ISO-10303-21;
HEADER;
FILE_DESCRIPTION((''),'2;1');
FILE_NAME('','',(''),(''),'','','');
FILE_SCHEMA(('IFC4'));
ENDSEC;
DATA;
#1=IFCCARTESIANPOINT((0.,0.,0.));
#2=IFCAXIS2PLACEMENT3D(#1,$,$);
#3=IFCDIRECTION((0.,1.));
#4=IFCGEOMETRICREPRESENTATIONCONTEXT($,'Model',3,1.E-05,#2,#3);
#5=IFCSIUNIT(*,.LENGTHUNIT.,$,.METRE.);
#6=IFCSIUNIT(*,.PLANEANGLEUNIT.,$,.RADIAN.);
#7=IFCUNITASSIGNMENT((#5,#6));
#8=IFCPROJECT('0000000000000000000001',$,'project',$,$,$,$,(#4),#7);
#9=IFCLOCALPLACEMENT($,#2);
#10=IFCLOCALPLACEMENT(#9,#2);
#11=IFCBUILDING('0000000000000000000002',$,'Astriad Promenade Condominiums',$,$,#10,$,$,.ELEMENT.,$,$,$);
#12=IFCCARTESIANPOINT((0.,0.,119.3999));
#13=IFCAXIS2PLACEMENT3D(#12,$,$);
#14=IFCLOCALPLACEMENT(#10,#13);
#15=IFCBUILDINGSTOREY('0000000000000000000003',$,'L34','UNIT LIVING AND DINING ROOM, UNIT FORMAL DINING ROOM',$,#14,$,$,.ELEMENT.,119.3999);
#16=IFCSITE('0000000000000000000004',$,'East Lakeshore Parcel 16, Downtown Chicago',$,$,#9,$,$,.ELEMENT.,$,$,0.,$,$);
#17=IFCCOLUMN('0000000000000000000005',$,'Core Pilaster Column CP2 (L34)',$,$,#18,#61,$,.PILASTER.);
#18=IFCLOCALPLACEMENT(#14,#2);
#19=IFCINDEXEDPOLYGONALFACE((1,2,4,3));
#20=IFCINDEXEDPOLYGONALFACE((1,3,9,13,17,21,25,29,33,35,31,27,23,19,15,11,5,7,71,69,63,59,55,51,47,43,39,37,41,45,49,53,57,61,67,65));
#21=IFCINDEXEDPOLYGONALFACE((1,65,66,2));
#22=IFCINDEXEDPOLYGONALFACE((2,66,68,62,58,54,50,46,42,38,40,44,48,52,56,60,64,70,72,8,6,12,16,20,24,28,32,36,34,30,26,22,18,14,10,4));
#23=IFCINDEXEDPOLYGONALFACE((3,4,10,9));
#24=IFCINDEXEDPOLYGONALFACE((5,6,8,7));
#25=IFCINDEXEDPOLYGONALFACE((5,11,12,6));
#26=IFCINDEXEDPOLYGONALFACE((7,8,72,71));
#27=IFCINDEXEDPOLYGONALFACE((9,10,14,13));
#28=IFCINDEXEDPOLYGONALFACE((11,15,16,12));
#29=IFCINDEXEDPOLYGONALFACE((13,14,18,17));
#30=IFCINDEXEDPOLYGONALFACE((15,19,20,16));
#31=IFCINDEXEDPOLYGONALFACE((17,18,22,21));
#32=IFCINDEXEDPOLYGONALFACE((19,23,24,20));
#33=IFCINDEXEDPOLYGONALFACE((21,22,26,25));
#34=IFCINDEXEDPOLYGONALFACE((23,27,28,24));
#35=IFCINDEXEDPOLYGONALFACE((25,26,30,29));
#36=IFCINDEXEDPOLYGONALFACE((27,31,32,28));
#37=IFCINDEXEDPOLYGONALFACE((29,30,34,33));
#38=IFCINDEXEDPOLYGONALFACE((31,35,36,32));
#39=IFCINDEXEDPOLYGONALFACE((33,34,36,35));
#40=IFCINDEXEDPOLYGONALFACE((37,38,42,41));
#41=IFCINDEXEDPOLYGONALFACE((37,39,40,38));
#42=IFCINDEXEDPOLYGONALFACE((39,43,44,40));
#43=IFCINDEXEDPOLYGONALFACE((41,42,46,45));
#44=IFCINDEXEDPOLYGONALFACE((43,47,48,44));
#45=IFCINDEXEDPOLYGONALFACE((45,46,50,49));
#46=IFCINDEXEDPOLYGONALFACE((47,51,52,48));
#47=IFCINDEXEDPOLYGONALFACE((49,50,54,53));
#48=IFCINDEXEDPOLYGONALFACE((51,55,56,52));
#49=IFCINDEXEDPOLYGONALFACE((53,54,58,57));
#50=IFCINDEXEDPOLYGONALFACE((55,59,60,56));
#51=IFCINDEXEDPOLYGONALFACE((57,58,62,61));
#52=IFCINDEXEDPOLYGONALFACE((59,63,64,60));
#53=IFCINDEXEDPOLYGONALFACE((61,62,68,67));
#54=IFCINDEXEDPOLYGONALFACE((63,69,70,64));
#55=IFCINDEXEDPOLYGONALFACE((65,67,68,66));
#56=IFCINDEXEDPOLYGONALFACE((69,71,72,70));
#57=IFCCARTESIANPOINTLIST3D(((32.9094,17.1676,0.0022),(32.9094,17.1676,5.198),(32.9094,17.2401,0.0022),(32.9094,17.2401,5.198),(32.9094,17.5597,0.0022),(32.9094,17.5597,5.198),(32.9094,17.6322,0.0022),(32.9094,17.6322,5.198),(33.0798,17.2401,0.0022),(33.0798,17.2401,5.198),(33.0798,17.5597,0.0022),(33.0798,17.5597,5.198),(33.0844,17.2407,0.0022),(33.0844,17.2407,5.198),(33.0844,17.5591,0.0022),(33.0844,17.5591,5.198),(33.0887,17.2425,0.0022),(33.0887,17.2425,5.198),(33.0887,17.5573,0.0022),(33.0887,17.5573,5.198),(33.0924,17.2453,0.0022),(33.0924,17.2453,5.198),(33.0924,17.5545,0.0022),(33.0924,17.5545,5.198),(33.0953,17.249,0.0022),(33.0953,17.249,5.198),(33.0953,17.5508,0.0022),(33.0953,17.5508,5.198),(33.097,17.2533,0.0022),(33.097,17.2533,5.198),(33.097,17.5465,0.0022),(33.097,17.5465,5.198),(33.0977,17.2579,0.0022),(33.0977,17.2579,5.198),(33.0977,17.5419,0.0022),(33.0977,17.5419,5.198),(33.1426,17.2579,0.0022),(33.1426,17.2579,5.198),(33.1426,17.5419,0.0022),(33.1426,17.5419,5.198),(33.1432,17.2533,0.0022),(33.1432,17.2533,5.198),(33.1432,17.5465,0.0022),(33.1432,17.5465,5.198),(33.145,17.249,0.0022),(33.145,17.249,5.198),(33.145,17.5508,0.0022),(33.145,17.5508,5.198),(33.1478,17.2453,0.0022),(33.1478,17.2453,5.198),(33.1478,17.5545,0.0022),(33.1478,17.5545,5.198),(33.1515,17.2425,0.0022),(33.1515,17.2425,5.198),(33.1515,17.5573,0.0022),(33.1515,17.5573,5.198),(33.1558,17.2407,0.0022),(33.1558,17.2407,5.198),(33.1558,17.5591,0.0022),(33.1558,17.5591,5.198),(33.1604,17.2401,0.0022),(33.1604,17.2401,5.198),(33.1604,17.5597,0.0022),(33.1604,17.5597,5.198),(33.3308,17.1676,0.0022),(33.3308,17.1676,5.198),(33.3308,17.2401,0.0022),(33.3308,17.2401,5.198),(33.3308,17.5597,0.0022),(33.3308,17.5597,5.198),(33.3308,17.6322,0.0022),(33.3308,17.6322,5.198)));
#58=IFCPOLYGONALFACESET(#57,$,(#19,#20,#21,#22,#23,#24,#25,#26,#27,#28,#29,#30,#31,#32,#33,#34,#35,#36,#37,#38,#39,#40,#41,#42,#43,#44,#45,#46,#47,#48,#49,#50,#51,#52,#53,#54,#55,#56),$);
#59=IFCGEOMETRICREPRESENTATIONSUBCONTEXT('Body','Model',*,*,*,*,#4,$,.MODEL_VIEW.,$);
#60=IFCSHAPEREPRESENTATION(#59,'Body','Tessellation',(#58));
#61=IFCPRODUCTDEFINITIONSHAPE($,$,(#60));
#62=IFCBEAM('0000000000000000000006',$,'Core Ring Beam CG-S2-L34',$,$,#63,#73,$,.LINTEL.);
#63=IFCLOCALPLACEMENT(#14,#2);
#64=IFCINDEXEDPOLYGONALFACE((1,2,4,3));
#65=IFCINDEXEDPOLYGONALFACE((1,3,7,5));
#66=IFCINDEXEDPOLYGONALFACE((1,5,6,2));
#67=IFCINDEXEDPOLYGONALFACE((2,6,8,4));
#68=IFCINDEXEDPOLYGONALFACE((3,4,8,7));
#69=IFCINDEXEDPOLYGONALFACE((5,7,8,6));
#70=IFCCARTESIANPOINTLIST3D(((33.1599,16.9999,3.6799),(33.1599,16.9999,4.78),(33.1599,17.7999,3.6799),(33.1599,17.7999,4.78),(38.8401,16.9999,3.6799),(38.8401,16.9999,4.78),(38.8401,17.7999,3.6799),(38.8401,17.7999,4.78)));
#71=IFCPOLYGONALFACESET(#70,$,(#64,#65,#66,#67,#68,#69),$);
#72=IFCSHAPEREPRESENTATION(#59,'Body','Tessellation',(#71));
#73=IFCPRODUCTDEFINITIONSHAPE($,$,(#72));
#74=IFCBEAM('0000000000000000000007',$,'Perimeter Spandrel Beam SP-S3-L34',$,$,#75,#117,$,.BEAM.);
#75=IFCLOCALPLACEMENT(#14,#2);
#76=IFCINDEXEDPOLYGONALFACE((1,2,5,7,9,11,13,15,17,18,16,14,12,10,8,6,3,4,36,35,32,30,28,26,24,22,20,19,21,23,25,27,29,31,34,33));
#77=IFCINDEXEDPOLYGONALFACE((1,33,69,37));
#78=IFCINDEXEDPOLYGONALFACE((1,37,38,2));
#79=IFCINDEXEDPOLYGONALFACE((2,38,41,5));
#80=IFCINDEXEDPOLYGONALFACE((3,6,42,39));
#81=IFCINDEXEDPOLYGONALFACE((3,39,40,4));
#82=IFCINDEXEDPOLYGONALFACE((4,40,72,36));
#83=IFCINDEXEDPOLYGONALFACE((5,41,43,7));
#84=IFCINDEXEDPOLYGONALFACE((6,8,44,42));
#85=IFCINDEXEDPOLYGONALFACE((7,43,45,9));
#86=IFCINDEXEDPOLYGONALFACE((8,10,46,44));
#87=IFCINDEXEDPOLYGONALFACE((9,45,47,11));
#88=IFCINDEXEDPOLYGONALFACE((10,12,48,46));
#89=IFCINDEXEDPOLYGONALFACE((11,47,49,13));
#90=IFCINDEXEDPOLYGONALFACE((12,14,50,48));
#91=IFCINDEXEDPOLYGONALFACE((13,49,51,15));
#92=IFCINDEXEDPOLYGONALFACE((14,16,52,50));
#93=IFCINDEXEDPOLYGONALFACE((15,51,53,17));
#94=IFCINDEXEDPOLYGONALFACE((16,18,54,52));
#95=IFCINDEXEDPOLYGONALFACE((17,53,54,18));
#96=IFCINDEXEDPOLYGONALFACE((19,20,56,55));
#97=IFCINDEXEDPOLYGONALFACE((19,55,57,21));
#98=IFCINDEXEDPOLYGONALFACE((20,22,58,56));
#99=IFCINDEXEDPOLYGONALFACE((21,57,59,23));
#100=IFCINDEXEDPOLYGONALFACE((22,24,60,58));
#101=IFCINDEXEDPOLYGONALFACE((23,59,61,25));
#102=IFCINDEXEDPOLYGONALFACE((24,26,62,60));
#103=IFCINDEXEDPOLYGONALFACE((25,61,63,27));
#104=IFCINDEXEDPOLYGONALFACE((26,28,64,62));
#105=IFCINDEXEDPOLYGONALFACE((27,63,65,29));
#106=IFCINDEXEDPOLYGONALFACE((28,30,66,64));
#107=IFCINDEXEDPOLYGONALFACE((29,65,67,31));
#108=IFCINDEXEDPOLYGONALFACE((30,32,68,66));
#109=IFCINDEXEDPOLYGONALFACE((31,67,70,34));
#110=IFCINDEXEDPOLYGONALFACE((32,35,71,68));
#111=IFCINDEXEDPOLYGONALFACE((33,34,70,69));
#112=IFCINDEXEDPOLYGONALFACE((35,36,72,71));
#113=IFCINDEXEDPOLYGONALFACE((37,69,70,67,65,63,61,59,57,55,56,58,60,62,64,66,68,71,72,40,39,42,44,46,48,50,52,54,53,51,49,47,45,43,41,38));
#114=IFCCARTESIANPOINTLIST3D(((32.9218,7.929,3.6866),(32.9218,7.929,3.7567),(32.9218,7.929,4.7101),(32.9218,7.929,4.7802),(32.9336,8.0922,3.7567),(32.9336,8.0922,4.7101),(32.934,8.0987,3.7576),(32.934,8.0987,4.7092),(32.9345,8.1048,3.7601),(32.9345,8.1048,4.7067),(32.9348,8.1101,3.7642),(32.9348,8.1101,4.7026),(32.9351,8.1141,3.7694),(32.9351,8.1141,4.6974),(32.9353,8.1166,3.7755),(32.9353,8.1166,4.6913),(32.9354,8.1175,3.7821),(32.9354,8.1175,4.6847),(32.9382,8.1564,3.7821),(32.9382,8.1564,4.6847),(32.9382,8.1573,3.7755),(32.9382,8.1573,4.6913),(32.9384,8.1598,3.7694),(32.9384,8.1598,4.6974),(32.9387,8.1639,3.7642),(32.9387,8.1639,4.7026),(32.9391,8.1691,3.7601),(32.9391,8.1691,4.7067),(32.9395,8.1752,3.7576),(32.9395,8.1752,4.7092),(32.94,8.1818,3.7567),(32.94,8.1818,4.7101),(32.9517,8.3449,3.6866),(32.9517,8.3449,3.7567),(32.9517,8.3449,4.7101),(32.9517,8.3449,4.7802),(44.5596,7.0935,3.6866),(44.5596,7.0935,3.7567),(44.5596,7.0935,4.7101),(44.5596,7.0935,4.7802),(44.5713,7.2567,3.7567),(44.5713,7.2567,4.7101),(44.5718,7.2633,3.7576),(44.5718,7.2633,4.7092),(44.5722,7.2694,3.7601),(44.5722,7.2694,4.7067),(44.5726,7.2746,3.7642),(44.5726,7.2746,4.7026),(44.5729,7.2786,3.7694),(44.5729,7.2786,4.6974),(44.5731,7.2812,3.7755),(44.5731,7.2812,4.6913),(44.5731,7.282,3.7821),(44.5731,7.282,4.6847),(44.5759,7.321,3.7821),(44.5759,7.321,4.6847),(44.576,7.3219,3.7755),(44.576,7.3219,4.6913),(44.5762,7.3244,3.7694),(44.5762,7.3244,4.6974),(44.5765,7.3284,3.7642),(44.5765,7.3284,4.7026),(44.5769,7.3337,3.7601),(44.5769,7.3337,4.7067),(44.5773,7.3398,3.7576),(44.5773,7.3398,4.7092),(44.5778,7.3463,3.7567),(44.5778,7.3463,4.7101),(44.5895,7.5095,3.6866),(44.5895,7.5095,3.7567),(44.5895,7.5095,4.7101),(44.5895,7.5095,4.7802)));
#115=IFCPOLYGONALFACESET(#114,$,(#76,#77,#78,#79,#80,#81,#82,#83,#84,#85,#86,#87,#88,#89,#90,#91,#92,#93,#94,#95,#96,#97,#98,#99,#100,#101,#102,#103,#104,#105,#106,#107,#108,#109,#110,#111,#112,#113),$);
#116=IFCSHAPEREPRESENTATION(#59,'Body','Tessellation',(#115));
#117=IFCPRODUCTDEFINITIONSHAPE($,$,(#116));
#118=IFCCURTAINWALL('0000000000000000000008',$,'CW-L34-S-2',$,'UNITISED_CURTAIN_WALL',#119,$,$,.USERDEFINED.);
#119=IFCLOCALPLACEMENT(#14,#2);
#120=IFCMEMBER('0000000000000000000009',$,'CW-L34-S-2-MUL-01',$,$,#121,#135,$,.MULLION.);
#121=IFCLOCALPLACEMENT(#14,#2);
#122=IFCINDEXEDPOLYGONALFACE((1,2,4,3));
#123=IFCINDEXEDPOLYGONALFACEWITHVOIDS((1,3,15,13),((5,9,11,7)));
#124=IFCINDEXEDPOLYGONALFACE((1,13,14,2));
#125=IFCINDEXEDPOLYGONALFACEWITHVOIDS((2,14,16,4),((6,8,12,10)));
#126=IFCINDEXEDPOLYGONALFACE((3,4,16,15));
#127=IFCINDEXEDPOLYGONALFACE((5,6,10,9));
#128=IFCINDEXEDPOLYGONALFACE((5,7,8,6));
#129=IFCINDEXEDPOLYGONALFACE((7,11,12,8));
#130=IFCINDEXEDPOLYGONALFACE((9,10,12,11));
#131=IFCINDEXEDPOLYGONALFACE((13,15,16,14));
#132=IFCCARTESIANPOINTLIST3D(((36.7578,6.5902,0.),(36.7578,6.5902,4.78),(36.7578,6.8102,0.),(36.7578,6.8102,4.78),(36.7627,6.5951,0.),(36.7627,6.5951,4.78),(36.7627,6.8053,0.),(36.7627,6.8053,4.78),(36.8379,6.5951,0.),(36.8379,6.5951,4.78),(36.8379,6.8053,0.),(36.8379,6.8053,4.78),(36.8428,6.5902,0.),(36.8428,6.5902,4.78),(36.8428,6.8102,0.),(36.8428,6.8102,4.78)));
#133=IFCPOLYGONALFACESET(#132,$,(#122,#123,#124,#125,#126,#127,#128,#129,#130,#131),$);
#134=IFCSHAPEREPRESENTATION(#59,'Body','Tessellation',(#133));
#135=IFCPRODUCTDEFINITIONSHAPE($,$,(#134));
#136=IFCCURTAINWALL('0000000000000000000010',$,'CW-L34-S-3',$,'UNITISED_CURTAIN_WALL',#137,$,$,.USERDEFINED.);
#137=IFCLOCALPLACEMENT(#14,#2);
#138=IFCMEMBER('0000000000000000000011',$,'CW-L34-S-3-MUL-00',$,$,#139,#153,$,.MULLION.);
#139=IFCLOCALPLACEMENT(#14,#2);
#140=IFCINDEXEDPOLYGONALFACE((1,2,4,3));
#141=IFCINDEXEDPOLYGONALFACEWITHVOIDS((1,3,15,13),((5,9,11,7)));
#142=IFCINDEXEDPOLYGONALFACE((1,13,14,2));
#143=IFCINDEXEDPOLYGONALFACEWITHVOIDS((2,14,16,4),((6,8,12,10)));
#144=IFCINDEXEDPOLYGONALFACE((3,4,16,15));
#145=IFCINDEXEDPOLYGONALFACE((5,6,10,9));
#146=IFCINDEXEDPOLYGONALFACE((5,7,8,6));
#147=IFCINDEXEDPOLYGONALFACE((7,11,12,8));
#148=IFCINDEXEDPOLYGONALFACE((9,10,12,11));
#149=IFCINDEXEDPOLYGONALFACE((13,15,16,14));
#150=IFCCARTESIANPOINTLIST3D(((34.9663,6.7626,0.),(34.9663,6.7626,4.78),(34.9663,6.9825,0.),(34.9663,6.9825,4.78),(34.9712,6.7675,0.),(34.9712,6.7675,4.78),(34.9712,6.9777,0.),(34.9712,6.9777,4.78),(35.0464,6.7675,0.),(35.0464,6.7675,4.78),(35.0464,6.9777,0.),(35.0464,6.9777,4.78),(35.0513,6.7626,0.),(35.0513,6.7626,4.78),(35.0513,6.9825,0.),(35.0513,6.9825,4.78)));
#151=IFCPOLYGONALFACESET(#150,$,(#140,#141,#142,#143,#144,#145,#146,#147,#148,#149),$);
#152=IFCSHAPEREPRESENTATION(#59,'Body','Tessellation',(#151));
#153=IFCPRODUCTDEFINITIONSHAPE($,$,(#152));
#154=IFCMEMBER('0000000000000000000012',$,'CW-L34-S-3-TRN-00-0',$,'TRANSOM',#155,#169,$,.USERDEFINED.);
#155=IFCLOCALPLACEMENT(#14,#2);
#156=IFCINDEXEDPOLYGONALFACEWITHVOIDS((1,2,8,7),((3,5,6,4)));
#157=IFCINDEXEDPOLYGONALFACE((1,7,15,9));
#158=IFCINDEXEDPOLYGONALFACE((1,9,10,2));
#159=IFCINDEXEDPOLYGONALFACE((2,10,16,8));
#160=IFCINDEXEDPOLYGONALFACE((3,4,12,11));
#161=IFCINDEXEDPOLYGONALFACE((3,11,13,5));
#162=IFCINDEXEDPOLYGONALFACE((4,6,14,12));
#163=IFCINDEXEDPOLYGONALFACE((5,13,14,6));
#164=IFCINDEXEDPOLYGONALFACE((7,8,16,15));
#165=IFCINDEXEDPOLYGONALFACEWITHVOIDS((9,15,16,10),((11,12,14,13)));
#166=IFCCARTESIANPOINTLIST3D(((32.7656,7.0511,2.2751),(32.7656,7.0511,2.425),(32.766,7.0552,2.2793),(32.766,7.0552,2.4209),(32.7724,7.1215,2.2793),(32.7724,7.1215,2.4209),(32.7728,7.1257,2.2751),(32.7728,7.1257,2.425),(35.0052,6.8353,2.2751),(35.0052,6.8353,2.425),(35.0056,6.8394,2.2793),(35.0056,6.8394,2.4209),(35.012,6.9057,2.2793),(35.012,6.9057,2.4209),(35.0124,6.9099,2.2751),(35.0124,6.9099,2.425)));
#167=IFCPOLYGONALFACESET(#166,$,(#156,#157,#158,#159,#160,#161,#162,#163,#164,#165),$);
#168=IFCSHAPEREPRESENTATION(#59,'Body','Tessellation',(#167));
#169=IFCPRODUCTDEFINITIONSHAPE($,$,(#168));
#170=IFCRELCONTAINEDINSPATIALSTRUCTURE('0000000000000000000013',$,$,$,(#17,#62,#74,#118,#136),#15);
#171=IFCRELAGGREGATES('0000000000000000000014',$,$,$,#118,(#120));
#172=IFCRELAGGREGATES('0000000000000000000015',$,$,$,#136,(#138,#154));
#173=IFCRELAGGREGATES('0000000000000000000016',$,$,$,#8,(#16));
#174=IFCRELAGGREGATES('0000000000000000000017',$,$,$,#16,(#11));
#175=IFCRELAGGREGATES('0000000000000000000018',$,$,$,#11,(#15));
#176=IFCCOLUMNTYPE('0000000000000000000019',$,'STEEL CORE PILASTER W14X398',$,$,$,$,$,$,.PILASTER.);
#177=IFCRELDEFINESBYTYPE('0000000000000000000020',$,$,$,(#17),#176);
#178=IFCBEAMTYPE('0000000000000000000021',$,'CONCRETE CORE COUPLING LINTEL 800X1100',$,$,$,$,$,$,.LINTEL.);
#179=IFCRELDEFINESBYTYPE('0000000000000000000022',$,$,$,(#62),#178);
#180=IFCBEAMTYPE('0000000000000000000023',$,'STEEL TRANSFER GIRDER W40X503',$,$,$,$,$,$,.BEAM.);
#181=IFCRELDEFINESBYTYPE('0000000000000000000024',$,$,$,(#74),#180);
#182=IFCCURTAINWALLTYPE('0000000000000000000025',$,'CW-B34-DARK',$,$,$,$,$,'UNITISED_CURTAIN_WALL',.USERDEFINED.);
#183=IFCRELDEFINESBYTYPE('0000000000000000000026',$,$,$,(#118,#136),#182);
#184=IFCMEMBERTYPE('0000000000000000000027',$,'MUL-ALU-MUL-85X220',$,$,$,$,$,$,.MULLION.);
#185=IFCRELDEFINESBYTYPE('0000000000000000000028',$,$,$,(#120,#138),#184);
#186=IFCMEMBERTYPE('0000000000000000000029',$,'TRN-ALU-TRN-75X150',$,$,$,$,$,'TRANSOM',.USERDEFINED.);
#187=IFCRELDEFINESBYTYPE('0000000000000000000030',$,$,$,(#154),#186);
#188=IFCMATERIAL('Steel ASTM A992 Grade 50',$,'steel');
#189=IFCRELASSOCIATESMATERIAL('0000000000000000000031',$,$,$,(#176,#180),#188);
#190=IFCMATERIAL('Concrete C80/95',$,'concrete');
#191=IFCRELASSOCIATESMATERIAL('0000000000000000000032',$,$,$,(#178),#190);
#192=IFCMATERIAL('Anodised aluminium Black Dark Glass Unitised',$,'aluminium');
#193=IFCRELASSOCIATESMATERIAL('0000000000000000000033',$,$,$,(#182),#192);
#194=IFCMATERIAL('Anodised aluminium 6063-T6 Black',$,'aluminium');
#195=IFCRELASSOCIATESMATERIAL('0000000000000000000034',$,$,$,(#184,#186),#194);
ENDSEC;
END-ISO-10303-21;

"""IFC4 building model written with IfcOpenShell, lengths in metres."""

from ifc_helpers import new_model, si_unit, direction, frame, origin, origin_2d, place, context, subcontext, project, spatial, rectangle, hollow_rectangle, i_section, extrude, source, transform, mapped, material, material_profile, profile_set, type_object, type_shapes, element, aggregate, save


model = new_model("IFC4")

# Units and contexts
model_context = context("Model", 3, precision=1e-05, world=origin(), true_north=direction((0.0, 1.0)))
body_context = subcontext(model_context, "Body", "Model", "MODEL_VIEW")
ifc_project = project(units=[si_unit("LENGTHUNIT", "METRE"), si_unit("PLANEANGLEUNIT", "RADIAN")], contexts=[model_context])

# Site, building, storey
site_placement = place(None, origin())
site = spatial("IfcSite", under=ifc_project, at=site_placement, Name="East Lakeshore Parcel 16, Downtown Chicago", CompositionType="ELEMENT", RefElevation=0.0)
building_placement = place(site_placement, origin())
building = spatial("IfcBuilding", under=site, at=building_placement, Name="Astriad Promenade Condominiums", CompositionType="ELEMENT")
storey_placement = place(building_placement, frame((0.0, 0.0, 119.3999)))
storey = spatial("IfcBuildingStorey", under=building, at=storey_placement, Name="L34", Description="UNIT LIVING AND DINING ROOM, UNIT FORMAL DINING ROOM", CompositionType="ELEMENT", Elevation=119.3999)

# Column
ifc_material_1 = material(Name="Steel ASTM A992 Grade 50", Category="steel")
ifc_material_profile_1 = material_profile(ifc_material_1, i_section(OverallWidth=0.4214, OverallDepth=0.4646, WebThickness=0.0449, FlangeThickness=0.0725, FilletRadius=0.0178, at=origin_2d()), Name="W14X398")
ifc_profile_set_1 = profile_set([ifc_material_profile_1], Name="Steel ASTM A992 Grade 50")
column_type = type_object("IfcColumnType", Name="STEEL CORE PILASTER W14X398", PredefinedType="PILASTER", material=ifc_profile_set_1)
shared_shape_1 = source(origin(), body_context, "Body", "SweptSolid", [
    extrude(i_section(OverallWidth=0.4214, OverallDepth=0.4646, WebThickness=0.0449, FlangeThickness=0.0725, FilletRadius=0.0178, at=origin_2d()), origin(), (0.0, 0.0, 1.0), 5.1958),
])
type_shapes(column_type, [shared_shape_1])
column_placement = place(storey_placement, frame((33.1201, 17.3999, 0.0022), z_axis=(0.0, 0.0, 1.0), x_axis=(1.0, 0.0, 0.0)))
element("IfcColumn", 1, at=column_placement, inside=storey, type_object=column_type, Name="Core Pilaster Column CP2 (L34)", PredefinedType="PILASTER", context=body_context, shape_type="MappedRepresentation", body=[
    mapped(shared_shape_1, transform((0.0, 0.0, 0.0), scale=1.0)),
])

# Beams
ifc_material_2 = material(Name="Concrete C80/95", Category="concrete")
ifc_material_profile_2 = material_profile(ifc_material_2, rectangle(XDim=0.8, YDim=1.1001, at=origin_2d()), Name="RC-BM-800X1100")
ifc_profile_set_2 = profile_set([ifc_material_profile_2], Name="Concrete C80/95")
beam_type_1 = type_object("IfcBeamType", Name="CONCRETE CORE COUPLING LINTEL 800X1100", PredefinedType="LINTEL", material=ifc_profile_set_2)
shared_shape_2 = source(origin(), body_context, "Body", "SweptSolid", [
    extrude(rectangle(XDim=0.8, YDim=1.1001, at=origin_2d()), origin(), (0.0, 0.0, 1.0), 5.6802),
])
type_shapes(beam_type_1, [shared_shape_2])
beam_1_placement = place(storey_placement, frame((33.1599, 17.3999, 4.23), z_axis=(1.0, 0.0, 0.0), x_axis=(0.0, 1.0, 0.0)))
element("IfcBeam", 2, at=beam_1_placement, inside=storey, type_object=beam_type_1, Name="Core Ring Beam CG-S2-L34", PredefinedType="LINTEL", context=body_context, shape_type="MappedRepresentation", body=[
    mapped(shared_shape_2, transform((0.0, 0.0, 0.0), scale=1.0)),
])
ifc_material_profile_3 = material_profile(ifc_material_1, i_section(OverallWidth=0.417, OverallDepth=1.0935, WebThickness=0.0391, FlangeThickness=0.0701, FilletRadius=0.0254, at=origin_2d()), Name="W40X503")
ifc_profile_set_3 = profile_set([ifc_material_profile_3], Name="Steel ASTM A992 Grade 50")
beam_type_2 = type_object("IfcBeamType", Name="STEEL TRANSFER GIRDER W40X503", PredefinedType="BEAM", material=ifc_profile_set_3)
shared_shape_3 = source(origin(), body_context, "Body", "SweptSolid", [
    extrude(i_section(OverallWidth=0.417, OverallDepth=1.0935, WebThickness=0.0391, FlangeThickness=0.0701, FilletRadius=0.0254, at=origin_2d()), origin(), (0.0, 0.0, 1.0), 11.6677),
])
type_shapes(beam_type_2, [shared_shape_3])
beam_2_placement = place(storey_placement, frame((32.9368, 8.137, 4.2334), z_axis=(0.997433, -0.071604, 0.0), x_axis=(0.071604, 0.997433, 0.0)))
element("IfcBeam", 3, at=beam_2_placement, inside=storey, type_object=beam_type_2, Name="Perimeter Spandrel Beam SP-S3-L34", PredefinedType="BEAM", context=body_context, shape_type="MappedRepresentation", body=[
    mapped(shared_shape_3, transform((0.0, 0.0, 0.0), scale=1.0)),
])

# Curtain wall, member
ifc_material_3 = material(Name="Anodised aluminium Black Dark Glass Unitised", Category="aluminium")
curtain_wall_type = type_object("IfcCurtainWallType", Name="CW-B34-DARK", ElementType="UNITISED_CURTAIN_WALL", PredefinedType="USERDEFINED", material=ifc_material_3)
curtain_wall_1_placement = place(storey_placement, origin())
curtain_wall_1 = element("IfcCurtainWall", 4, at=curtain_wall_1_placement, inside=storey, type_object=curtain_wall_type, Name="CW-L34-S-2", ObjectType="UNITISED_CURTAIN_WALL", PredefinedType="USERDEFINED")
ifc_material_4 = material(Name="Anodised aluminium 6063-T6 Black", Category="aluminium")
ifc_material_profile_4 = material_profile(ifc_material_4, hollow_rectangle(XDim=0.085, YDim=0.22, WallThickness=0.0049, at=origin_2d()), Name="ALU-MUL-85X220")
ifc_profile_set_4 = profile_set([ifc_material_profile_4], Name="Anodised aluminium 6063-T6 Black")
member_type_1 = type_object("IfcMemberType", Name="MUL-ALU-MUL-85X220", PredefinedType="MULLION", material=ifc_profile_set_4)
shared_shape_4 = source(origin(), body_context, "Body", "SweptSolid", [
    extrude(hollow_rectangle(XDim=0.085, YDim=0.22, WallThickness=0.0049, at=origin_2d()), origin(), (0.0, 0.0, 1.0), 4.78),
])
type_shapes(member_type_1, [shared_shape_4])
member_1_placement = place(storey_placement, frame((36.8003, 6.7002, 0.0), z_axis=(0.0, 0.0, 1.0), x_axis=(1.0, 0.0, 0.0)))
member_1 = element("IfcMember", 5, at=member_1_placement, type_object=member_type_1, Name="CW-L34-S-2-MUL-01", PredefinedType="MULLION", context=body_context, shape_type="MappedRepresentation", body=[
    mapped(shared_shape_4, transform((0.0, 0.0, 0.0), scale=1.0)),
])

# Curtain wall, members
curtain_wall_2_placement = place(storey_placement, origin())
curtain_wall_2 = element("IfcCurtainWall", 6, at=curtain_wall_2_placement, inside=storey, type_object=curtain_wall_type, Name="CW-L34-S-3", ObjectType="UNITISED_CURTAIN_WALL", PredefinedType="USERDEFINED")
member_2_placement = place(storey_placement, frame((35.0088, 6.8726, 0.0), z_axis=(0.0, 0.0, 1.0), x_axis=(1.0, 0.0, 0.0)))
member_2 = element("IfcMember", 7, at=member_2_placement, type_object=member_type_1, Name="CW-L34-S-3-MUL-00", PredefinedType="MULLION", context=body_context, shape_type="MappedRepresentation", body=[
    mapped(shared_shape_4, transform((0.0, 0.0, 0.0), scale=1.0)),
])
ifc_material_profile_5 = material_profile(ifc_material_4, hollow_rectangle(XDim=0.075, YDim=0.1499, WallThickness=0.0042, at=origin_2d()), Name="ALU-TRN-75X150")
ifc_profile_set_5 = profile_set([ifc_material_profile_5], Name="Anodised aluminium 6063-T6 Black")
member_type_2 = type_object("IfcMemberType", Name="TRN-ALU-TRN-75X150", ElementType="TRANSOM", PredefinedType="USERDEFINED", material=ifc_profile_set_5)
shared_shape_5 = source(origin(), body_context, "Body", "SweptSolid", [
    extrude(hollow_rectangle(XDim=0.075, YDim=0.1499, WallThickness=0.0042, at=origin_2d()), origin(), (0.0, 0.0, 1.0), 2.25),
])
type_shapes(member_type_2, [shared_shape_5])
member_3_placement = place(storey_placement, frame((35.0088, 6.8726, 2.3501), z_axis=(-0.99539, 0.095915, 0.0), x_axis=(-0.095915, -0.99539, 0.0)))
member_3 = element("IfcMember", 8, at=member_3_placement, type_object=member_type_2, Name="CW-L34-S-3-TRN-00-0", ObjectType="TRANSOM", PredefinedType="USERDEFINED", context=body_context, shape_type="MappedRepresentation", body=[
    mapped(shared_shape_5, transform((0.0, 0.0, 0.0), scale=1.0)),
])

aggregate(curtain_wall_1, [member_1])
aggregate(curtain_wall_2, [member_2, member_3])

save(model, "model.ifc")
